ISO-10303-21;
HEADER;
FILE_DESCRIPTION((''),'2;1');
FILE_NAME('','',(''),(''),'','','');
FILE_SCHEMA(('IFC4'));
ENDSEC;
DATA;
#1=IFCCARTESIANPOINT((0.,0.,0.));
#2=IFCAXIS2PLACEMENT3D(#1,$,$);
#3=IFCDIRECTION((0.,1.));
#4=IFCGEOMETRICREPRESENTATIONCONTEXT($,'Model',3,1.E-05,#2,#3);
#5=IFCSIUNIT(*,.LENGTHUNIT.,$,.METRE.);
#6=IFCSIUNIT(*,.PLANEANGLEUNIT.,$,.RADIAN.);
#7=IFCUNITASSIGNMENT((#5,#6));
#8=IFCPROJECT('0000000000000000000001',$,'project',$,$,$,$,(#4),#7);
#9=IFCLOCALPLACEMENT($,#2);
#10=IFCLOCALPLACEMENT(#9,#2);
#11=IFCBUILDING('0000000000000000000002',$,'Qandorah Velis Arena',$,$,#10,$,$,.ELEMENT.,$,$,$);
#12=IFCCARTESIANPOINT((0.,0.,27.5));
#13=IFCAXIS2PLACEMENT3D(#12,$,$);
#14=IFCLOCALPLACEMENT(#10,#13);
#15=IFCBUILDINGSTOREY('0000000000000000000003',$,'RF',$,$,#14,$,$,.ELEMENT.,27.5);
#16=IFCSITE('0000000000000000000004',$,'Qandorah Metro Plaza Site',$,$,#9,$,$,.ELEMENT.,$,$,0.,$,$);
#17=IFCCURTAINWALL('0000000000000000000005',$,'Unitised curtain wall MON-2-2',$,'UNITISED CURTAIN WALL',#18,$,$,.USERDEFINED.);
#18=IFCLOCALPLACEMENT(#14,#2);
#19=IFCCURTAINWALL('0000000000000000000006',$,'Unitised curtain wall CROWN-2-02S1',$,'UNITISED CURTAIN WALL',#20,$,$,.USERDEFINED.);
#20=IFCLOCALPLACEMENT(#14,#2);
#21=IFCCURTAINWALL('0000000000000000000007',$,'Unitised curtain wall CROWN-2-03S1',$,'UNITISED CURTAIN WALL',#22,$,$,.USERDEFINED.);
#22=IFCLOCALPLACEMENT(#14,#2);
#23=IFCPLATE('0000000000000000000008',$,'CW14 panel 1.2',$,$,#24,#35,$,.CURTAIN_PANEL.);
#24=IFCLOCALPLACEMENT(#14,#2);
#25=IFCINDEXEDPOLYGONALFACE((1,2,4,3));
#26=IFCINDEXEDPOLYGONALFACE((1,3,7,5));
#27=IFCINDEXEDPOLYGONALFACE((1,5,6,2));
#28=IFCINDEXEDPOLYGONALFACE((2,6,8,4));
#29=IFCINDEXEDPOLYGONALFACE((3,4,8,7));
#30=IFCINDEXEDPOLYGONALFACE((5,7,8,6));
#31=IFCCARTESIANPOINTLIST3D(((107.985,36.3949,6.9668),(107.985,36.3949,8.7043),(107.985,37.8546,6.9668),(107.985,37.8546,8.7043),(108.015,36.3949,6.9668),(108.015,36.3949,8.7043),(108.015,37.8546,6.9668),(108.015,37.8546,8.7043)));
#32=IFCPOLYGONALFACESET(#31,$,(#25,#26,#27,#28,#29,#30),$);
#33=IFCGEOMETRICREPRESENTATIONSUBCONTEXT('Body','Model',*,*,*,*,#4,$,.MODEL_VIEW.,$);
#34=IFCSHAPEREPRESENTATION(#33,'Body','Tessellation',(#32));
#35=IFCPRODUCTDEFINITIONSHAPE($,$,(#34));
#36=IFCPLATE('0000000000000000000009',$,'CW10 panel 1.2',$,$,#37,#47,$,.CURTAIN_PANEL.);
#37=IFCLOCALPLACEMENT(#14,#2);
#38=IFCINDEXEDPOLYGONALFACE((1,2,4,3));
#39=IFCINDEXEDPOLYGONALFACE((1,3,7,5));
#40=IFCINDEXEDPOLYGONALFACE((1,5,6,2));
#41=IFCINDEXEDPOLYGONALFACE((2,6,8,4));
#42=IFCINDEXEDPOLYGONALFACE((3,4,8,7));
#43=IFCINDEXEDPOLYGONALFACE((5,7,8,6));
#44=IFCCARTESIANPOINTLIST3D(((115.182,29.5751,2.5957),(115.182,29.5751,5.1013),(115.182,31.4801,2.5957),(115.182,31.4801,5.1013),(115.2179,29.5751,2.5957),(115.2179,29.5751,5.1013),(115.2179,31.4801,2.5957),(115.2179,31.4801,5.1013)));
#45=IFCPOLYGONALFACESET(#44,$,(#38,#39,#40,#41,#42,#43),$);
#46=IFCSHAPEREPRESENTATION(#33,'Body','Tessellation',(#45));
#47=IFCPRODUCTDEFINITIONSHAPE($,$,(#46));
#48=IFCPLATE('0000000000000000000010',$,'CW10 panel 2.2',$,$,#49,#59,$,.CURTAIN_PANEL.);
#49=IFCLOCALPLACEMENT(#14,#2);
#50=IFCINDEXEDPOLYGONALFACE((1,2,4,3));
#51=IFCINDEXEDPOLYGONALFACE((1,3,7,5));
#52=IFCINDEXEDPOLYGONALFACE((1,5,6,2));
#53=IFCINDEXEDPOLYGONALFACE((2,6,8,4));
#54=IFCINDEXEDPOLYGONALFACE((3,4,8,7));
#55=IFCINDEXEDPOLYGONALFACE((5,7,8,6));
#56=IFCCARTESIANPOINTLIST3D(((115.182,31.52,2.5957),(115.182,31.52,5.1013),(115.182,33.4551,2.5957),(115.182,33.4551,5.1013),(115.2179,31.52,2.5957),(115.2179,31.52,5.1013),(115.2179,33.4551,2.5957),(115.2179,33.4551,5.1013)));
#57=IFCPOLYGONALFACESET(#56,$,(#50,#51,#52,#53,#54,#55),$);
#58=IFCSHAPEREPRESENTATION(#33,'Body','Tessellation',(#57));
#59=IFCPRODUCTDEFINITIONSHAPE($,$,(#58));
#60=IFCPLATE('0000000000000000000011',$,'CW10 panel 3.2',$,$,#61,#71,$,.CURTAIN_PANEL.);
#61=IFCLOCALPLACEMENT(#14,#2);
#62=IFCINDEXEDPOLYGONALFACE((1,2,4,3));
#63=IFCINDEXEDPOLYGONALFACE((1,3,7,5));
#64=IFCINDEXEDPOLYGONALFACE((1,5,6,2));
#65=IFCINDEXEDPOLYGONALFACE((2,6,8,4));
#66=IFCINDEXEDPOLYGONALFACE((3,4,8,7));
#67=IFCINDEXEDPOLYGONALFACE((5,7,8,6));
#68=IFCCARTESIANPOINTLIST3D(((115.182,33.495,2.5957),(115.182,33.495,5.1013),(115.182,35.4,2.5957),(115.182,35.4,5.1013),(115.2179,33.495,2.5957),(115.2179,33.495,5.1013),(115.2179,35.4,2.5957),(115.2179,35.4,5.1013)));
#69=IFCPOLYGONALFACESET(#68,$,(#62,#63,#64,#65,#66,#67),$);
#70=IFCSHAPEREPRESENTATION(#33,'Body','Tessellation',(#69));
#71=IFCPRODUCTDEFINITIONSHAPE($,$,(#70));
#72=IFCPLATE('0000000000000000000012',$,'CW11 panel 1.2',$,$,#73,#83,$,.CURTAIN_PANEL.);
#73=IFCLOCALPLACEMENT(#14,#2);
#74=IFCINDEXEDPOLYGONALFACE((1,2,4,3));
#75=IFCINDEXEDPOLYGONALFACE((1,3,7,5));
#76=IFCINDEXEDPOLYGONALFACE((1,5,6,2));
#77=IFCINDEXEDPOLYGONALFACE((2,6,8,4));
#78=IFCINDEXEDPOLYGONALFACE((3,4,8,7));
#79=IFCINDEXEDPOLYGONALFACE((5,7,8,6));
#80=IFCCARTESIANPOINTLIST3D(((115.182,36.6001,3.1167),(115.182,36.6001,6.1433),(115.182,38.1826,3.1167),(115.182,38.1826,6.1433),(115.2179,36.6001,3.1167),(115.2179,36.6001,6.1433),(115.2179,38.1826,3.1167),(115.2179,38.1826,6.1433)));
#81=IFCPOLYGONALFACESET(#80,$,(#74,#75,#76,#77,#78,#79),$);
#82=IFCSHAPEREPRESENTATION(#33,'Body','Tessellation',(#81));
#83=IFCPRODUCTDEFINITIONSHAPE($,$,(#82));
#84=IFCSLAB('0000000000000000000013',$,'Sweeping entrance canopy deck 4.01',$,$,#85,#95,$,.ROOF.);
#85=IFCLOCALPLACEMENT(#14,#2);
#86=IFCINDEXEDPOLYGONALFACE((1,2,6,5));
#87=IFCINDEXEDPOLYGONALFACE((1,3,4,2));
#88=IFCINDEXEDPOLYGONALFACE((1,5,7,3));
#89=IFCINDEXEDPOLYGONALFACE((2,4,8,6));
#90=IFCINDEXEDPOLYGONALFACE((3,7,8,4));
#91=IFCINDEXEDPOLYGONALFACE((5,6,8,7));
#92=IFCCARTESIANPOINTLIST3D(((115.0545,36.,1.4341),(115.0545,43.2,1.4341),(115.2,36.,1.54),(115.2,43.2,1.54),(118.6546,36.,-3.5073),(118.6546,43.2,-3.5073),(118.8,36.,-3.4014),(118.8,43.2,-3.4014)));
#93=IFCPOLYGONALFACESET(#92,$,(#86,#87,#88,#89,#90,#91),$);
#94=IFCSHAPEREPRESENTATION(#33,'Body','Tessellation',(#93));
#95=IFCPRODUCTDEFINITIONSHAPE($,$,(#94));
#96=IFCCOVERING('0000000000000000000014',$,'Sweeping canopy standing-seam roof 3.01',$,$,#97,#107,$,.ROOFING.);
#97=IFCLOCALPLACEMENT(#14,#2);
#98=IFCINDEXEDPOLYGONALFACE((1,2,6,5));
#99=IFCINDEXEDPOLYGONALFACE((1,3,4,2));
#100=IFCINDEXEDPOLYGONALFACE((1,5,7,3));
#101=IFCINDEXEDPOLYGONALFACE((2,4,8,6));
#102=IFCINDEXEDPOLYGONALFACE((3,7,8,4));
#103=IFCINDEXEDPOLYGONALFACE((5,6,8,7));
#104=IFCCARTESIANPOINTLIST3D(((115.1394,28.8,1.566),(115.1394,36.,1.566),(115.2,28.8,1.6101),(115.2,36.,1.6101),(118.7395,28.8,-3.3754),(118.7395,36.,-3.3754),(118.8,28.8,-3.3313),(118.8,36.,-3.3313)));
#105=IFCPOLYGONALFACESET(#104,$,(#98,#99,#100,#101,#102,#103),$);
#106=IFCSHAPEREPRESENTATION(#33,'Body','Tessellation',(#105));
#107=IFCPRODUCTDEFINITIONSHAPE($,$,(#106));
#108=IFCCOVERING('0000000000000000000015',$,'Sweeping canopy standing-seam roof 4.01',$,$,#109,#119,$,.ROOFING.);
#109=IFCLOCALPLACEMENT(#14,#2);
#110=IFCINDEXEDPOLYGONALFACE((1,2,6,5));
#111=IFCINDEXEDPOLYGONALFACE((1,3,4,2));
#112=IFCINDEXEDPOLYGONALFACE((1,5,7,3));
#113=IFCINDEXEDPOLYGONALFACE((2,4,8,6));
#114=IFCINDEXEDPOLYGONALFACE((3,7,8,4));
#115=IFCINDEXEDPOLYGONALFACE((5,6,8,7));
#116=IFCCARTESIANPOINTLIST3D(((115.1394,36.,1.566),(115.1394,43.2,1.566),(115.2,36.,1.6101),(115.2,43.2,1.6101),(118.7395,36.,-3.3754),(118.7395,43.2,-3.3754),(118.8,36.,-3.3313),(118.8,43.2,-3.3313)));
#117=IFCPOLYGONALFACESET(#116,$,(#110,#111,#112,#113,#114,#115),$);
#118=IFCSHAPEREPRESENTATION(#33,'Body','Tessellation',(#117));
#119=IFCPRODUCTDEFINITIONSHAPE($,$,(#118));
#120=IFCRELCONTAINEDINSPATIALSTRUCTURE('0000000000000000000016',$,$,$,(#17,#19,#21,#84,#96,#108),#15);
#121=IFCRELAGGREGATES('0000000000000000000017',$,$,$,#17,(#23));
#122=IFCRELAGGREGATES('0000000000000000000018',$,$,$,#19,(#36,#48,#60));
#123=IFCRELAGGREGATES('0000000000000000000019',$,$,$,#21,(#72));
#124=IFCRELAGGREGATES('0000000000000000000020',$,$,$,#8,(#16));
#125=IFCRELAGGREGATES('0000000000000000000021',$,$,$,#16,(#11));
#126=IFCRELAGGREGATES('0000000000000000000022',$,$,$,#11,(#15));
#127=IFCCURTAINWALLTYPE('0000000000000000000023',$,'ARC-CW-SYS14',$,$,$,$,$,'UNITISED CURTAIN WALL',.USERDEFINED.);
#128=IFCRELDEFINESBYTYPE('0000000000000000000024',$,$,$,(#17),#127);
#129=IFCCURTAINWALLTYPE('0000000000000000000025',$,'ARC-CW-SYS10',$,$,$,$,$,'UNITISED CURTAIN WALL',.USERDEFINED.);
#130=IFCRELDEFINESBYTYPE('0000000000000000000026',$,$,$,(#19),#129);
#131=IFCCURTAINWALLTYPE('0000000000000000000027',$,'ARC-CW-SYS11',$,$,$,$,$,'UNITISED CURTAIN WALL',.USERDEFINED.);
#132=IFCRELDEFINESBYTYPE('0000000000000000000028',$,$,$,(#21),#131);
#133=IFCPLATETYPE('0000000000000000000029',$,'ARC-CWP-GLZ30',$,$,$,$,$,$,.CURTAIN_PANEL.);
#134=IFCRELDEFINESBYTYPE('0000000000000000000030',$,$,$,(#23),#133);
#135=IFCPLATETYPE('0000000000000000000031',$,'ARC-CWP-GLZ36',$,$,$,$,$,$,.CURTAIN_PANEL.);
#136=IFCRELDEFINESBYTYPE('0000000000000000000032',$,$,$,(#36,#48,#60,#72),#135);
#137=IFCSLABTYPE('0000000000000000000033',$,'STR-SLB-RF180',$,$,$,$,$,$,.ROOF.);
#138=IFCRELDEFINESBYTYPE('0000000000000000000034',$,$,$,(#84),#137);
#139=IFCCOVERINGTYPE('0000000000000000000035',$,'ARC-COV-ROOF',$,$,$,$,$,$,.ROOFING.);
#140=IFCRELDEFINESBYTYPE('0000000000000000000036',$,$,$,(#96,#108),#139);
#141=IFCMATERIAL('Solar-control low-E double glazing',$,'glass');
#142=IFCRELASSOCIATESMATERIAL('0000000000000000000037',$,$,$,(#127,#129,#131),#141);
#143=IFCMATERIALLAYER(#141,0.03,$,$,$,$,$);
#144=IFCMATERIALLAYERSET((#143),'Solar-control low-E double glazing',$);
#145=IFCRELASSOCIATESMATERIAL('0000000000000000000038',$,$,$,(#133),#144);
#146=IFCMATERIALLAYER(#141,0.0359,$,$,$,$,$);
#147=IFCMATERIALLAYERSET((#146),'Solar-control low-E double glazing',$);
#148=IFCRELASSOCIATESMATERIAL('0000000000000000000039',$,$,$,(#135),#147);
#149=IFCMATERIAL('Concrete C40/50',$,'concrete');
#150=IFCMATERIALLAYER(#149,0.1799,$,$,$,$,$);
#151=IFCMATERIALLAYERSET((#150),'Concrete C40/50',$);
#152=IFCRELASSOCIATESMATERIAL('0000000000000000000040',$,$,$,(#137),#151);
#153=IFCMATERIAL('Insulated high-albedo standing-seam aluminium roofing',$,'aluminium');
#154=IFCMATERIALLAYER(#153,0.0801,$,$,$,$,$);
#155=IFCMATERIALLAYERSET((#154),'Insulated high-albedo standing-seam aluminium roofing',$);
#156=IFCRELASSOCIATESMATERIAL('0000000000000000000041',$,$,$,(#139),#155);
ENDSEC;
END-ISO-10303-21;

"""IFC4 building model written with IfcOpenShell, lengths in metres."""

from ifc_helpers import new_model, si_unit, direction, frame, origin, origin_2d, place, context, subcontext, project, spatial, polyline, rectangle, outline, extrude, material, layer, layer_set, type_object, element, aggregate, save


model = new_model("IFC4")

# Units and contexts
model_context = context("Model", 3, precision=1e-05, world=origin(), true_north=direction((0.0, 1.0)))
body_context = subcontext(model_context, "Body", "Model", "MODEL_VIEW")
ifc_project = project(units=[si_unit("LENGTHUNIT", "METRE"), si_unit("PLANEANGLEUNIT", "RADIAN")], contexts=[model_context])

# Site, building, storey
site_placement = place(None, origin())
site = spatial("IfcSite", under=ifc_project, at=site_placement, Name="Qandorah Metro Plaza Site", CompositionType="ELEMENT", RefElevation=0.0)
building_placement = place(site_placement, origin())
building = spatial("IfcBuilding", under=site, at=building_placement, Name="Qandorah Velis Arena", CompositionType="ELEMENT")
storey_placement = place(building_placement, frame((0.0, 0.0, 27.5)))
storey = spatial("IfcBuildingStorey", under=building, at=storey_placement, Name="RF", CompositionType="ELEMENT", Elevation=27.5)

# Curtain wall
ifc_material_1 = material(Name="Solar-control low-E double glazing", Category="glass")
curtain_wall_type_1 = type_object("IfcCurtainWallType", Name="ARC-CW-SYS14", ElementType="UNITISED CURTAIN WALL", PredefinedType="USERDEFINED", material=ifc_material_1)
curtain_wall_1_placement = place(storey_placement, origin())
curtain_wall_1 = element("IfcCurtainWall", 1, at=curtain_wall_1_placement, inside=storey, type_object=curtain_wall_type_1, Name="Unitised curtain wall MON-2-2", ObjectType="UNITISED CURTAIN WALL", PredefinedType="USERDEFINED")

# Curtain walls
curtain_wall_type_2 = type_object("IfcCurtainWallType", Name="ARC-CW-SYS10", ElementType="UNITISED CURTAIN WALL", PredefinedType="USERDEFINED", material=ifc_material_1)
curtain_wall_2_placement = place(storey_placement, origin())
curtain_wall_2 = element("IfcCurtainWall", 2, at=curtain_wall_2_placement, inside=storey, type_object=curtain_wall_type_2, Name="Unitised curtain wall CROWN-2-02S1", ObjectType="UNITISED CURTAIN WALL", PredefinedType="USERDEFINED")
curtain_wall_type_3 = type_object("IfcCurtainWallType", Name="ARC-CW-SYS11", ElementType="UNITISED CURTAIN WALL", PredefinedType="USERDEFINED", material=ifc_material_1)
curtain_wall_3_placement = place(storey_placement, origin())
curtain_wall_3 = element("IfcCurtainWall", 3, at=curtain_wall_3_placement, inside=storey, type_object=curtain_wall_type_3, Name="Unitised curtain wall CROWN-2-03S1", ObjectType="UNITISED CURTAIN WALL", PredefinedType="USERDEFINED")

# Plates
ifc_layer_1 = layer(ifc_material_1, 0.03)
ifc_layer_set_1 = layer_set([ifc_layer_1], Name="Solar-control low-E double glazing")
plate_type_1 = type_object("IfcPlateType", Name="ARC-CWP-GLZ30", PredefinedType="CURTAIN_PANEL", material=ifc_layer_set_1)
plate_1_placement = place(storey_placement, frame((108.0, 37.1248, 6.9668), z_axis=(0.0, 0.0, 1.0), x_axis=(0.0, 1.0, 0.0)))
plate_1 = element("IfcPlate", 4, at=plate_1_placement, type_object=plate_type_1, Name="CW14 panel 1.2", PredefinedType="CURTAIN_PANEL", context=body_context, shape_type="SweptSolid", body=[
    extrude(rectangle(XDim=1.4597, YDim=0.03, at=origin_2d()), origin(), (0.0, 0.0, 1.0), 1.7375),
])
aggregate(curtain_wall_1, [plate_1])
ifc_layer_2 = layer(ifc_material_1, 0.0359)
ifc_layer_set_2 = layer_set([ifc_layer_2], Name="Solar-control low-E double glazing")
plate_type_2 = type_object("IfcPlateType", Name="ARC-CWP-GLZ36", PredefinedType="CURTAIN_PANEL", material=ifc_layer_set_2)
plate_2_placement = place(storey_placement, frame((115.2, 30.5276, 2.5957), z_axis=(0.0, 0.0, 1.0), x_axis=(0.0, 1.0, 0.0)))
plate_2 = element("IfcPlate", 5, at=plate_2_placement, type_object=plate_type_2, Name="CW10 panel 1.2", PredefinedType="CURTAIN_PANEL", context=body_context, shape_type="SweptSolid", body=[
    extrude(rectangle(XDim=1.905, YDim=0.0359, at=origin_2d()), origin(), (0.0, 0.0, 1.0), 2.5056),
])
plate_3_placement = place(storey_placement, frame((115.2, 32.4875, 2.5957), z_axis=(0.0, 0.0, 1.0), x_axis=(0.0, 1.0, 0.0)))
plate_3 = element("IfcPlate", 6, at=plate_3_placement, type_object=plate_type_2, Name="CW10 panel 2.2", PredefinedType="CURTAIN_PANEL", context=body_context, shape_type="SweptSolid", body=[
    extrude(rectangle(XDim=1.9351, YDim=0.0359, at=origin_2d()), origin(), (0.0, 0.0, 1.0), 2.5056),
])
plate_4_placement = place(storey_placement, frame((115.2, 34.4475, 2.5957), z_axis=(0.0, 0.0, 1.0), x_axis=(0.0, 1.0, 0.0)))
plate_4 = element("IfcPlate", 7, at=plate_4_placement, type_object=plate_type_2, Name="CW10 panel 3.2", PredefinedType="CURTAIN_PANEL", context=body_context, shape_type="SweptSolid", body=[
    extrude(rectangle(XDim=1.905, YDim=0.0359, at=origin_2d()), origin(), (0.0, 0.0, 1.0), 2.5056),
])
aggregate(curtain_wall_2, [plate_2, plate_3, plate_4])
plate_5_placement = place(storey_placement, frame((115.2, 37.3914, 3.1167), z_axis=(0.0, 0.0, 1.0), x_axis=(0.0, 1.0, 0.0)))
plate_5 = element("IfcPlate", 8, at=plate_5_placement, type_object=plate_type_2, Name="CW11 panel 1.2", PredefinedType="CURTAIN_PANEL", context=body_context, shape_type="SweptSolid", body=[
    extrude(rectangle(XDim=1.5825, YDim=0.0359, at=origin_2d()), origin(), (0.0, 0.0, 1.0), 3.0266),
])
aggregate(curtain_wall_3, [plate_5])

# Slab
ifc_material_2 = material(Name="Concrete C40/50", Category="concrete")
ifc_layer_3 = layer(ifc_material_2, 0.1799)
ifc_layer_set_3 = layer_set([ifc_layer_3], Name="Concrete C40/50")
slab_type = type_object("IfcSlabType", Name="STR-SLB-RF180", PredefinedType="ROOF", material=ifc_layer_set_3)
slab_placement = place(storey_placement, frame((115.2, 36.0, 1.54), z_axis=(0.808242, 0.0, 0.588851), x_axis=(0.588851, 0.0, -0.808242)))
element("IfcSlab", 9, at=slab_placement, inside=storey, type_object=slab_type, Name="Sweeping entrance canopy deck 4.01", PredefinedType="ROOF", context=body_context, shape_type="SweptSolid", body=[
    extrude(outline(polyline([(0.0, 0.0), (6.1138, 0.0), (6.1138, 7.2), (0.0, 7.2), (0.0, 0.0)])), origin(), (0.0, 0.0, -1.0), 0.1799),
])

# Coverings
ifc_material_3 = material(Name="Insulated high-albedo standing-seam aluminium roofing", Category="aluminium")
ifc_layer_4 = layer(ifc_material_3, 0.0801)
ifc_layer_set_4 = layer_set([ifc_layer_4], Name="Insulated high-albedo standing-seam aluminium roofing")
covering_type = type_object("IfcCoveringType", Name="ARC-COV-ROOF", PredefinedType="ROOFING", material=ifc_layer_set_4)
for number, where, z_axis, x_axis, name in (
    (10, (115.2, 28.8, 1.6101), (0.808242, 0.0, 0.588851), (0.588851, 0.0, -0.808242), "Sweeping canopy standing-seam roof 3.01"),
    (11, (115.2, 36.0, 1.6101), (0.808242, 0.0, 0.588851), (0.588851, 0.0, -0.808242), "Sweeping canopy standing-seam roof 4.01"),
):
    element("IfcCovering", number, at=place(storey_placement, frame(where, z_axis=z_axis, x_axis=x_axis)), inside=storey, type_object=covering_type, Name=name, PredefinedType="ROOFING", context=body_context, shape_type="SweptSolid", body=[
        extrude(outline(polyline([(0.0, 0.0), (6.1138, 0.0), (6.1138, 7.2), (0.0, 7.2), (0.0, 0.0)])), origin(), (0.0, 0.0, -1.0), 0.075),
    ])

save(model, "model.ifc")
